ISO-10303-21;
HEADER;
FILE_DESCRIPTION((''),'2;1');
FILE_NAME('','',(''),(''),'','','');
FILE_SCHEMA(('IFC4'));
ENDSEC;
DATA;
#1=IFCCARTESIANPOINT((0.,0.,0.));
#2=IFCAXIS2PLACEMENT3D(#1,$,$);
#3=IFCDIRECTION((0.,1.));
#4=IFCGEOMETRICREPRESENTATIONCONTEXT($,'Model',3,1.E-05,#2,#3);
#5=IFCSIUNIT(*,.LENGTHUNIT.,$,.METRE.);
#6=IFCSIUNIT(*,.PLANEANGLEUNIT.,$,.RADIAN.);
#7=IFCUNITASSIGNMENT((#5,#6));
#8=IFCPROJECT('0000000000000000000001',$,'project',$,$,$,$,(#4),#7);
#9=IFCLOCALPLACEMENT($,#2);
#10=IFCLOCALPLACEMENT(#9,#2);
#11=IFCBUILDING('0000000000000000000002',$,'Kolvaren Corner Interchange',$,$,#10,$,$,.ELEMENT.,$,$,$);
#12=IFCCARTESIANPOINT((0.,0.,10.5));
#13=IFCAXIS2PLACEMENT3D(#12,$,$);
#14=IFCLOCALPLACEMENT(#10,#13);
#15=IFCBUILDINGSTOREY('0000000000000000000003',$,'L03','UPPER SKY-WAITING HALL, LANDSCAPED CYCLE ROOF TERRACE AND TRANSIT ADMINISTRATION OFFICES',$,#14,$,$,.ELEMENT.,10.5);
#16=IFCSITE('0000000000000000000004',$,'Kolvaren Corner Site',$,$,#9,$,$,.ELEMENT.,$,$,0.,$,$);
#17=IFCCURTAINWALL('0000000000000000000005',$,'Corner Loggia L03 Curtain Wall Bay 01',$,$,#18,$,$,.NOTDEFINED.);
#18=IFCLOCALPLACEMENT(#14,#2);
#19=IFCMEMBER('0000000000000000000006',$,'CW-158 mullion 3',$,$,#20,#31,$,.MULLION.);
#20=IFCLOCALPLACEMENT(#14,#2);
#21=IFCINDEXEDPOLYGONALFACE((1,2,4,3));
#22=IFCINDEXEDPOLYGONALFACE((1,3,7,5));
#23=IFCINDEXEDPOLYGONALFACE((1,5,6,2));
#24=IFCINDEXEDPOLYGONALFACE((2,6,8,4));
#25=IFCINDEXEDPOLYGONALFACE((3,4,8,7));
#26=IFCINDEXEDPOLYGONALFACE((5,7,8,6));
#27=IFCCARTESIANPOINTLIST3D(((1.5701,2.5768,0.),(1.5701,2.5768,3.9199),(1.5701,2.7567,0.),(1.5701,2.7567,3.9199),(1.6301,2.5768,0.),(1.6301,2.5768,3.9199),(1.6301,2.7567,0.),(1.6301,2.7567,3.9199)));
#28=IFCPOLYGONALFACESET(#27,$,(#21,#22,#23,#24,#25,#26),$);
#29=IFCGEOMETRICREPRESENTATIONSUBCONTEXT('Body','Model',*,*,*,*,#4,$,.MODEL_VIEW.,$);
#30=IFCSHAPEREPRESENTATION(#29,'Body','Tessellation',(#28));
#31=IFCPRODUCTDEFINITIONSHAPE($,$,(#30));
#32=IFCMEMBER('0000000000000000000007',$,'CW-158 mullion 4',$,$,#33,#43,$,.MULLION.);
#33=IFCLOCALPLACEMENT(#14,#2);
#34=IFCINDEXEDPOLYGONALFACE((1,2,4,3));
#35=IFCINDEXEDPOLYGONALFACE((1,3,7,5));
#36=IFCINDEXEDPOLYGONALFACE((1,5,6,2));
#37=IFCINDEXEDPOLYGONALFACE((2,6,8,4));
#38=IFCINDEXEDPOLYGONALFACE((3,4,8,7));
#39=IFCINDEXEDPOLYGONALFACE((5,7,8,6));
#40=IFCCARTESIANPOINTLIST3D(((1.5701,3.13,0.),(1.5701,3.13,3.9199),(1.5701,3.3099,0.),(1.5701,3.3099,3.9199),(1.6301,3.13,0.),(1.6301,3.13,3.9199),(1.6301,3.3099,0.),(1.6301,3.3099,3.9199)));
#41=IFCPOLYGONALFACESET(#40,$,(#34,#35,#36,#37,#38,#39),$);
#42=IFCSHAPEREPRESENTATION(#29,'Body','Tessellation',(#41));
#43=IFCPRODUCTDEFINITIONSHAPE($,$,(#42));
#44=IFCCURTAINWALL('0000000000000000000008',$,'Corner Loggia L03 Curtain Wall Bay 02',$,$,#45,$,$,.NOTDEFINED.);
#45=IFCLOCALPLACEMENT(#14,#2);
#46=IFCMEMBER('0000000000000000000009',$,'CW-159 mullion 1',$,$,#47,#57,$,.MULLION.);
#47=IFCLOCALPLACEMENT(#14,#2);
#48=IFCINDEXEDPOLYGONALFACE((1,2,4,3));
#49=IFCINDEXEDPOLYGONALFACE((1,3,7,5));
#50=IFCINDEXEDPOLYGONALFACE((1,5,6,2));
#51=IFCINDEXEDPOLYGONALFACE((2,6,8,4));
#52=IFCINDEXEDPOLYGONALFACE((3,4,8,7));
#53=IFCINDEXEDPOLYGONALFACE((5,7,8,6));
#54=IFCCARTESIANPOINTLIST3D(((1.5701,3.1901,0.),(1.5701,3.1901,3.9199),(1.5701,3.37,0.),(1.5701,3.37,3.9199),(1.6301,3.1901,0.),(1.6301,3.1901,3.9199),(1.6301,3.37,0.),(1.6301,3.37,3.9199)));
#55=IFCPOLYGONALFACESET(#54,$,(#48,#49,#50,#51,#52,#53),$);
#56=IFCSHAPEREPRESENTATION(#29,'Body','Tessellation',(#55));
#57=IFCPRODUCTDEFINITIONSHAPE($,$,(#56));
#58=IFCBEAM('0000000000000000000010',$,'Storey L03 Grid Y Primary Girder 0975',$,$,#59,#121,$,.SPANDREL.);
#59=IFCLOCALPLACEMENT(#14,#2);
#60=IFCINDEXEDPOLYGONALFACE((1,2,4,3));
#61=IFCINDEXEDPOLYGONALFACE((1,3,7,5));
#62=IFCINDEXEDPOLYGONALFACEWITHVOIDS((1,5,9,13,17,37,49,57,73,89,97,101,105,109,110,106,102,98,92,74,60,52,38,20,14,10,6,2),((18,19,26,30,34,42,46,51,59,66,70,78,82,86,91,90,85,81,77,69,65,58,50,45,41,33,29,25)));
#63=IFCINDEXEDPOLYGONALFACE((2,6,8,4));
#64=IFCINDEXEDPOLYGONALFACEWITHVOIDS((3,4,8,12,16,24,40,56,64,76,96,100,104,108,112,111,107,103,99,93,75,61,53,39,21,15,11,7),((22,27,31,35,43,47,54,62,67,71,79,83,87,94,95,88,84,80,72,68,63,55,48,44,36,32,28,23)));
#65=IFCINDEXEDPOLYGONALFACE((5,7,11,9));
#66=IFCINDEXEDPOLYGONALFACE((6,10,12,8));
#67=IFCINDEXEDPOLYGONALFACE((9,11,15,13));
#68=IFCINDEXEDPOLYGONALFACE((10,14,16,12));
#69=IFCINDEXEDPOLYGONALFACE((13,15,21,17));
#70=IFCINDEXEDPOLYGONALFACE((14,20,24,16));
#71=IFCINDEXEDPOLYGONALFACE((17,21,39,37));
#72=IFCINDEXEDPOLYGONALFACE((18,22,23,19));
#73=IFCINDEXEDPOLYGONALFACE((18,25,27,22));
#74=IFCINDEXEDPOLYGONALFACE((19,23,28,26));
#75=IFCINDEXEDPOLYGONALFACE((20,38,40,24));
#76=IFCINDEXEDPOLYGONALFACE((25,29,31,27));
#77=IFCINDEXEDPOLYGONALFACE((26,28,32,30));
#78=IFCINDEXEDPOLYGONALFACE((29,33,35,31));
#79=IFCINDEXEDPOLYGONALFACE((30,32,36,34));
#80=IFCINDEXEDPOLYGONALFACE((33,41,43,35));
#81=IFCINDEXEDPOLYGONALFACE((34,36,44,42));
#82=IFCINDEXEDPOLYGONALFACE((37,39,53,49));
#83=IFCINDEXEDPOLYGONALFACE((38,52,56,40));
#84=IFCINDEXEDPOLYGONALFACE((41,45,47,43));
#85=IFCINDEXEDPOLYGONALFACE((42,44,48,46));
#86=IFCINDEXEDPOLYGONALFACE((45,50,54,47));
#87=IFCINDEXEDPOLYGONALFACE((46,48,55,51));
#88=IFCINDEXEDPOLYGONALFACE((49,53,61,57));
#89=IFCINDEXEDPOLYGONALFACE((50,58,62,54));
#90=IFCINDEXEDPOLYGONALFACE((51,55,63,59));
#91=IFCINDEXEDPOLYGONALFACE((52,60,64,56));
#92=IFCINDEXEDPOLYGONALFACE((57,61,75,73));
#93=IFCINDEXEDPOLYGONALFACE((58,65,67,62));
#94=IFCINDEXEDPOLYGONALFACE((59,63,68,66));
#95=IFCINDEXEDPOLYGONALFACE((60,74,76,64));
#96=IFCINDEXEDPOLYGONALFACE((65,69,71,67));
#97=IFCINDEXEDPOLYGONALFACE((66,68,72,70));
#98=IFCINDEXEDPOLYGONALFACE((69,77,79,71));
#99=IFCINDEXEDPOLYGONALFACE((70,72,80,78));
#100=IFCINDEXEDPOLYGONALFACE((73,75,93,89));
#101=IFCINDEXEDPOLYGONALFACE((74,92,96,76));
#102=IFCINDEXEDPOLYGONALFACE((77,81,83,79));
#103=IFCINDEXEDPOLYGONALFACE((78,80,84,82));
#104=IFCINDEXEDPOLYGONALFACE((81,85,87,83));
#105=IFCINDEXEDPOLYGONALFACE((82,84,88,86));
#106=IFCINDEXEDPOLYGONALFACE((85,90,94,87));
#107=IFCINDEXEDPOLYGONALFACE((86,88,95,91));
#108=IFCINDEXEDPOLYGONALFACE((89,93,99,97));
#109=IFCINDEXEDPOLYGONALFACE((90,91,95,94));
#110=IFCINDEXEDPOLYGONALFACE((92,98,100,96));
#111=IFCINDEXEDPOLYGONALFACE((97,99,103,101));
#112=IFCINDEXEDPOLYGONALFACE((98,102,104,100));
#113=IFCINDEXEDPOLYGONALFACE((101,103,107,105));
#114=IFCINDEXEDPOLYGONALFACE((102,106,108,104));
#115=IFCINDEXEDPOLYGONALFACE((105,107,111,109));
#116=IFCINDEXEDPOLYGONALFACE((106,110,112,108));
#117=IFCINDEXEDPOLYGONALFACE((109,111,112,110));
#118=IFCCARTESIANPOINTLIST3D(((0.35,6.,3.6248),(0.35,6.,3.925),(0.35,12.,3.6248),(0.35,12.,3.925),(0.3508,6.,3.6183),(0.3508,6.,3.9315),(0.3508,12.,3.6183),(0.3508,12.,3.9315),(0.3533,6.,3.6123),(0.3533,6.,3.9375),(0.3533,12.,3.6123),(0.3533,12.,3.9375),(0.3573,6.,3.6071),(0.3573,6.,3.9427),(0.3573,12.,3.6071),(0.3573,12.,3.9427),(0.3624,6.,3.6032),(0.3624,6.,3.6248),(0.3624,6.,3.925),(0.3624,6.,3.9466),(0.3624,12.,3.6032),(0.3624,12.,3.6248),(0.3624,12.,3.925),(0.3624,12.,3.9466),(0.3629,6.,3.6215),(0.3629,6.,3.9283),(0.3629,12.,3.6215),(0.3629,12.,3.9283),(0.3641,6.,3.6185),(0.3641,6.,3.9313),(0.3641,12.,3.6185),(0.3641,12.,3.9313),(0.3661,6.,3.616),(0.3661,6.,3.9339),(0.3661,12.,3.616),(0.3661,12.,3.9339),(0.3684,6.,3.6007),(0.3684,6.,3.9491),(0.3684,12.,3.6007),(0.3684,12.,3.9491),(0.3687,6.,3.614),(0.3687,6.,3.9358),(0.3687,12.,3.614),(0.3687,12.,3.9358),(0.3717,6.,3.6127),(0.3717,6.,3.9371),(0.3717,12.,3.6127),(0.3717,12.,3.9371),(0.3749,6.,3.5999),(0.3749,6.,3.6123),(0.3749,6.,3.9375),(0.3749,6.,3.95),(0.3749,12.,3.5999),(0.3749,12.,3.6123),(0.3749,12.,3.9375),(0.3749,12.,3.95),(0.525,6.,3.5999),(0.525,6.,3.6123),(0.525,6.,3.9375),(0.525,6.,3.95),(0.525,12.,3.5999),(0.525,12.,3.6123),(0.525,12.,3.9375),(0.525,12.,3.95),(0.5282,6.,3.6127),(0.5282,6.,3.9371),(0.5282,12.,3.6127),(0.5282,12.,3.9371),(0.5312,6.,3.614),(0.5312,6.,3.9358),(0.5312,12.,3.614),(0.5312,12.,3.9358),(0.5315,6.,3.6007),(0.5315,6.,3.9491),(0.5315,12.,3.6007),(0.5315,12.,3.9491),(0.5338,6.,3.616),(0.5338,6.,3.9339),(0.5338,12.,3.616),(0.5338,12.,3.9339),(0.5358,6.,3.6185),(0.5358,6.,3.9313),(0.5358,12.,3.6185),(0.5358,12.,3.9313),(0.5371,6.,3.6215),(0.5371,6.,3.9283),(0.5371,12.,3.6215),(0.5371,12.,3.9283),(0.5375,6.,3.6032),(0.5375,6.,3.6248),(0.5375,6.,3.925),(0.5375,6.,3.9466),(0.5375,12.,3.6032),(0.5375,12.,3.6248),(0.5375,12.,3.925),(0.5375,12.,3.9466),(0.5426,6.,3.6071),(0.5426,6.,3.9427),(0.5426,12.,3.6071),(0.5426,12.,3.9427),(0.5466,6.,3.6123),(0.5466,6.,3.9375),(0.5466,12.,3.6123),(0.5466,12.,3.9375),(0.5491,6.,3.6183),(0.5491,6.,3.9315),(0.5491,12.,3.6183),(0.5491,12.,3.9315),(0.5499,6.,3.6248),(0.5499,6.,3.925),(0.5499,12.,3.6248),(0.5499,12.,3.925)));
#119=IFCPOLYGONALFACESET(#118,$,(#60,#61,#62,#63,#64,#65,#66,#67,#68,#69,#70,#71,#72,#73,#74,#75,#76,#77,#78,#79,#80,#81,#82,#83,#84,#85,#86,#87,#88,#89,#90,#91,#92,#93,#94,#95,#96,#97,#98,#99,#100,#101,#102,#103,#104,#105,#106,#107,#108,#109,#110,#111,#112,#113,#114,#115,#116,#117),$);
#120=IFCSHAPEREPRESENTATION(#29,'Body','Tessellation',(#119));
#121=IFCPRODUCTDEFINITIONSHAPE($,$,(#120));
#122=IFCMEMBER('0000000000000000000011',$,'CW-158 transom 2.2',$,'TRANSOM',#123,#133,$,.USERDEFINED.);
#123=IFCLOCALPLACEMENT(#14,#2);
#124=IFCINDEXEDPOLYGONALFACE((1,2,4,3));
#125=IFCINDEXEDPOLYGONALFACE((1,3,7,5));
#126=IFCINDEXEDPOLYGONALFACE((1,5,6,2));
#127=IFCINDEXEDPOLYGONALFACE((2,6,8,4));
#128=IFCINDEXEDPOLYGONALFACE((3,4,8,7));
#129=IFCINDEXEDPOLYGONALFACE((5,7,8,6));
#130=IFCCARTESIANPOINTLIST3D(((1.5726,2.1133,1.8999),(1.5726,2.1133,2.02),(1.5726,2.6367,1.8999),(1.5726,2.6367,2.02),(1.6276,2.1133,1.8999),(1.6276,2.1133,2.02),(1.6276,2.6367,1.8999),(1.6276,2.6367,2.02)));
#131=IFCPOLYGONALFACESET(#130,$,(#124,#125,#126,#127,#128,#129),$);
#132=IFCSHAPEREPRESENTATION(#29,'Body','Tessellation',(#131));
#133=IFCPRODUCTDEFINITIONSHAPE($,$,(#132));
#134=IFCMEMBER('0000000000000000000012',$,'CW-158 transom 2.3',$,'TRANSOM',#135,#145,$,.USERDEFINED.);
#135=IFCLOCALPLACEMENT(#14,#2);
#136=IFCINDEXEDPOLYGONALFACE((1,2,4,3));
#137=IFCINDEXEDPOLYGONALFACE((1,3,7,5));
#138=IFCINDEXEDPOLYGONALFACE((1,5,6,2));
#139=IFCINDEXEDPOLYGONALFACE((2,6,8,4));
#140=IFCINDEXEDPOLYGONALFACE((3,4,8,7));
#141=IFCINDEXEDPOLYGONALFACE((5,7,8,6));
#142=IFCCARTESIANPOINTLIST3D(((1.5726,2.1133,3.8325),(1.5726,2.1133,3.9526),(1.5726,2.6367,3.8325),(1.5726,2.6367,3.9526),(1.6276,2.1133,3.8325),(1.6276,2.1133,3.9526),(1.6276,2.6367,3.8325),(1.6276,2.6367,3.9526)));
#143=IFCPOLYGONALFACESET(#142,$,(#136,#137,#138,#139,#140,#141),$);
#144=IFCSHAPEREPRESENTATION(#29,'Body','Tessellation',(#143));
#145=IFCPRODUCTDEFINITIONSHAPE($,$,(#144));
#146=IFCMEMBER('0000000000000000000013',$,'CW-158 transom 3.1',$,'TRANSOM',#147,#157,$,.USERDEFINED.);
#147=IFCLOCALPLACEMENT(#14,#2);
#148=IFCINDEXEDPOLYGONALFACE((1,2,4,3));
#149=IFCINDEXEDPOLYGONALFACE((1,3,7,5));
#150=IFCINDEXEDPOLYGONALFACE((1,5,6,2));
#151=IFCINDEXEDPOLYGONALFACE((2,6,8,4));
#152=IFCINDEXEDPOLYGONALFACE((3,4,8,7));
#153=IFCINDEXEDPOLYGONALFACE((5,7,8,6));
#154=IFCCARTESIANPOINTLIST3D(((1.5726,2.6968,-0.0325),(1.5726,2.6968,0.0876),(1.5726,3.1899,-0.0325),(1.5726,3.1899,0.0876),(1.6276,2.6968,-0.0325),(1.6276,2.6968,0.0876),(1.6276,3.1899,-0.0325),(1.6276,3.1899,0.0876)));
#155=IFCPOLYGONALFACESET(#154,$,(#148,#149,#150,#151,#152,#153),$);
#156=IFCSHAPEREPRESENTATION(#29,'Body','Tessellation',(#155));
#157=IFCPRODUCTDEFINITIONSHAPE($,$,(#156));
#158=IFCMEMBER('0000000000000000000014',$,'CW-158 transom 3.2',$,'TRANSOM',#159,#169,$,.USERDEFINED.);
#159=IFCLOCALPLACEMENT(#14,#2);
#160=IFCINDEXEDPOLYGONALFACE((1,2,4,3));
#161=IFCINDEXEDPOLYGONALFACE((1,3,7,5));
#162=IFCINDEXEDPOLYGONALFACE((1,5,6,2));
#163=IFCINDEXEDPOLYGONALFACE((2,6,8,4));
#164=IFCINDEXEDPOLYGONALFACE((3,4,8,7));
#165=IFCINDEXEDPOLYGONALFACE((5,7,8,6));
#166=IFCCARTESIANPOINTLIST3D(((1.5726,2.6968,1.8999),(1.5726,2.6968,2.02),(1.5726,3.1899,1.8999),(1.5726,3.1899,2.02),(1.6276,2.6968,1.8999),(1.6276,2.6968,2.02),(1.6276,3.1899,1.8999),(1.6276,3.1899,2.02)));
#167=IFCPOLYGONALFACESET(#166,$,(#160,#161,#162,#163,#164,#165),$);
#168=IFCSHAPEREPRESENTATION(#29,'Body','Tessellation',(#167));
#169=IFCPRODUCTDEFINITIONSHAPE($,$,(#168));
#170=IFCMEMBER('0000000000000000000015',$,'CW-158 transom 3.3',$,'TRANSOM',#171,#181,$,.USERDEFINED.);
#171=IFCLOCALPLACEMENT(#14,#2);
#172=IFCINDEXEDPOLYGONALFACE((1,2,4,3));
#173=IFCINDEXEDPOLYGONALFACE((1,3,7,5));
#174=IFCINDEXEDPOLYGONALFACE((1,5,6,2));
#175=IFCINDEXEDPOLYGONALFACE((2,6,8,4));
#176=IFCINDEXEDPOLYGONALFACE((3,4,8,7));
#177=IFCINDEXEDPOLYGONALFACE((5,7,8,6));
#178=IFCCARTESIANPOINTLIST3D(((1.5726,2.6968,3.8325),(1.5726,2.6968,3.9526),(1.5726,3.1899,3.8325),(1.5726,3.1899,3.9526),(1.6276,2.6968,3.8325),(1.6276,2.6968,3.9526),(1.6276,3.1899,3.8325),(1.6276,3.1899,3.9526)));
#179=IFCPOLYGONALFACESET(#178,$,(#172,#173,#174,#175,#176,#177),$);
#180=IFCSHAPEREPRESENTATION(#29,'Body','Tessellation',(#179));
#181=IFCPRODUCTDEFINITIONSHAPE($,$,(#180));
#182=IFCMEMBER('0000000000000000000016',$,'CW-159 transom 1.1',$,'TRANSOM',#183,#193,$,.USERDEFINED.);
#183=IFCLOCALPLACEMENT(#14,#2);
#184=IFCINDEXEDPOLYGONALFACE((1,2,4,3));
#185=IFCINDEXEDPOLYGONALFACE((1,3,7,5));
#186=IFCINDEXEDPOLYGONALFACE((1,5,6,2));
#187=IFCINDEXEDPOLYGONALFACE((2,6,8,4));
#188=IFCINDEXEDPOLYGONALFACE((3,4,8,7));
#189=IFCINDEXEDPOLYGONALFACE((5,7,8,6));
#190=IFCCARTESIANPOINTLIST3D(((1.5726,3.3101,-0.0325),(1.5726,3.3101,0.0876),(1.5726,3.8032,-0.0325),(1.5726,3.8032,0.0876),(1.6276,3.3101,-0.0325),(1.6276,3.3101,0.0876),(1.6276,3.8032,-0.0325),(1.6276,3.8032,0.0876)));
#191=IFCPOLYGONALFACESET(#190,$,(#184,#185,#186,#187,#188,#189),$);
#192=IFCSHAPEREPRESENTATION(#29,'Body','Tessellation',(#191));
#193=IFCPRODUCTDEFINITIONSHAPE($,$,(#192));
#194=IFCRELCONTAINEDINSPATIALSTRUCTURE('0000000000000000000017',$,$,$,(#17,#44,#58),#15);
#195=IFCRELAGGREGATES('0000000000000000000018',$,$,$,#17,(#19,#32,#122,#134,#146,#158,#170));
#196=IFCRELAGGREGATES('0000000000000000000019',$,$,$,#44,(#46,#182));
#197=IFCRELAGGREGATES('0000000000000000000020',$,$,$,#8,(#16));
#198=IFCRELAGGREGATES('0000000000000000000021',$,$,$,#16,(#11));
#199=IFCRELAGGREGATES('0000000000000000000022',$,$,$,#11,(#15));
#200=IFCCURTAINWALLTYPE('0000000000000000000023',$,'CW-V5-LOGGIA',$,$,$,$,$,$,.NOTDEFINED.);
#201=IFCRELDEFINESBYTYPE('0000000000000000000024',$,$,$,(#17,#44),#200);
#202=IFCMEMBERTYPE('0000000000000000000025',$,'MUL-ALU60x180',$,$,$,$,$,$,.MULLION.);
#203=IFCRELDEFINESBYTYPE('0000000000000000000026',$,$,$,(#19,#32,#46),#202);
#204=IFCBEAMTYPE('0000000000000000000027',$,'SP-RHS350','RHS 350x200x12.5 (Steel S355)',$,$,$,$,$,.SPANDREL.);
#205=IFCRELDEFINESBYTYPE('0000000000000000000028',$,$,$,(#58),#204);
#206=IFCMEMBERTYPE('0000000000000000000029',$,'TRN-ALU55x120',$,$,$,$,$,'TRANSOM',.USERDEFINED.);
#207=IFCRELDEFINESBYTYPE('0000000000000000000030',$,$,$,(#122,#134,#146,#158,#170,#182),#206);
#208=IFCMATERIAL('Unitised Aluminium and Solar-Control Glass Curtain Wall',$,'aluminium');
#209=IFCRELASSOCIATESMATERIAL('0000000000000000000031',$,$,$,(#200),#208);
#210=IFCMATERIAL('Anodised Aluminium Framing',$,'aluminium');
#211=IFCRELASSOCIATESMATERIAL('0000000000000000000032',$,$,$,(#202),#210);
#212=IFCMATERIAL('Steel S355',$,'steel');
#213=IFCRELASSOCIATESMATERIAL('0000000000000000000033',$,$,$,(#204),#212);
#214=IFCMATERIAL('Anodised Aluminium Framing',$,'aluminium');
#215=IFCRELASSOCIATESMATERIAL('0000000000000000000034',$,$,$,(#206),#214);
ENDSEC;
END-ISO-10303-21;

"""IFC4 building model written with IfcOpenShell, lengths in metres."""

from ifc_helpers import new_model, si_unit, direction, frame, origin, origin_2d, place, context, subcontext, project, spatial, rectangle, hollow_rectangle, extrude, material, material_profile, profile_set, type_object, element, aggregate, save


model = new_model("IFC4")

# Units and contexts
model_context = context("Model", 3, precision=1e-05, world=origin(), true_north=direction((0.0, 1.0)))
body_context = subcontext(model_context, "Body", "Model", "MODEL_VIEW")
ifc_project = project(units=[si_unit("LENGTHUNIT", "METRE"), si_unit("PLANEANGLEUNIT", "RADIAN")], contexts=[model_context])

# Site, building, storey
site_placement = place(None, origin())
site = spatial("IfcSite", under=ifc_project, at=site_placement, Name="Kolvaren Corner Site", CompositionType="ELEMENT", RefElevation=0.0)
building_placement = place(site_placement, origin())
building = spatial("IfcBuilding", under=site, at=building_placement, Name="Kolvaren Corner Interchange", CompositionType="ELEMENT")
storey_placement = place(building_placement, frame((0.0, 0.0, 10.5)))
storey = spatial("IfcBuildingStorey", under=building, at=storey_placement, Name="L03", Description="UPPER SKY-WAITING HALL, LANDSCAPED CYCLE ROOF TERRACE AND TRANSIT ADMINISTRATION OFFICES", CompositionType="ELEMENT", Elevation=10.5)

# Curtain wall, members
ifc_material_1 = material(Name="Unitised Aluminium and Solar-Control Glass Curtain Wall", Category="aluminium")
curtain_wall_type = type_object("IfcCurtainWallType", Name="CW-V5-LOGGIA", PredefinedType="NOTDEFINED", material=ifc_material_1)
curtain_wall_1_placement = place(storey_placement, origin())
curtain_wall_1 = element("IfcCurtainWall", 1, at=curtain_wall_1_placement, inside=storey, type_object=curtain_wall_type, Name="Corner Loggia L03 Curtain Wall Bay 01", PredefinedType="NOTDEFINED")
ifc_material_2 = material(Name="Anodised Aluminium Framing", Category="aluminium")
ifc_material_profile_1 = material_profile(ifc_material_2, rectangle(XDim=0.0601, YDim=0.1799, at=origin_2d()), Name="ALU 60x180")
ifc_profile_set_1 = profile_set([ifc_material_profile_1], Name="Anodised Aluminium Framing")
member_type_1 = type_object("IfcMemberType", Name="MUL-ALU60x180", PredefinedType="MULLION", material=ifc_profile_set_1)
member_1_placement = place(storey_placement, frame((1.6001, 2.6667, 0.0), z_axis=(0.0, 0.0, 1.0), x_axis=(-1.0, 0.0, 0.0)))
member_1 = element("IfcMember", 2, at=member_1_placement, type_object=member_type_1, Name="CW-158 mullion 3", PredefinedType="MULLION", context=body_context, shape_type="SweptSolid", body=[
    extrude(rectangle(XDim=0.0601, YDim=0.1799, at=origin_2d()), origin(), (0.0, 0.0, 1.0), 3.9199),
])
member_2_placement = place(storey_placement, frame((1.6001, 3.22, 0.0), z_axis=(0.0, 0.0, 1.0), x_axis=(-1.0, 0.0, 0.0)))
member_2 = element("IfcMember", 3, at=member_2_placement, type_object=member_type_1, Name="CW-158 mullion 4", PredefinedType="MULLION", context=body_context, shape_type="SweptSolid", body=[
    extrude(rectangle(XDim=0.0601, YDim=0.1799, at=origin_2d()), origin(), (0.0, 0.0, 1.0), 3.9199),
])

# Curtain wall, member
curtain_wall_2_placement = place(storey_placement, origin())
curtain_wall_2 = element("IfcCurtainWall", 4, at=curtain_wall_2_placement, inside=storey, type_object=curtain_wall_type, Name="Corner Loggia L03 Curtain Wall Bay 02", PredefinedType="NOTDEFINED")
member_3_placement = place(storey_placement, frame((1.6001, 3.28, 0.0), z_axis=(0.0, 0.0, 1.0), x_axis=(-1.0, 0.0, 0.0)))
member_3 = element("IfcMember", 5, at=member_3_placement, type_object=member_type_1, Name="CW-159 mullion 1", PredefinedType="MULLION", context=body_context, shape_type="SweptSolid", body=[
    extrude(rectangle(XDim=0.0601, YDim=0.1799, at=origin_2d()), origin(), (0.0, 0.0, 1.0), 3.9199),
])

# Beam
ifc_material_3 = material(Name="Steel S355", Category="steel")
ifc_material_profile_2 = material_profile(ifc_material_3, hollow_rectangle(XDim=0.2, YDim=0.3501, WallThickness=0.0125, InnerFilletRadius=0.0125, OuterFilletRadius=0.0249, at=origin_2d()), Name="RHS 350x200x12.5")
ifc_profile_set_2 = profile_set([ifc_material_profile_2], Name="Steel S355")
beam_type_1 = type_object("IfcBeamType", Name="SP-RHS350", Description="RHS 350x200x12.5 (Steel S355)", PredefinedType="SPANDREL", material=ifc_profile_set_2)
beam_1_placement = place(storey_placement, frame((0.45, 6.0, 3.7749), z_axis=(0.0, 1.0, 0.0), x_axis=(-1.0, 0.0, 0.0)))
element("IfcBeam", 6, at=beam_1_placement, inside=storey, type_object=beam_type_1, Name="Storey L03 Grid Y Primary Girder 0975", PredefinedType="SPANDREL", context=body_context, shape_type="SweptSolid", body=[
    extrude(hollow_rectangle(XDim=0.2, YDim=0.3501, WallThickness=0.0125, InnerFilletRadius=0.0125, OuterFilletRadius=0.0249, at=origin_2d()), origin(), (0.0, 0.0, 1.0), 6.0),
])

# Members
ifc_material_4 = material(Name="Anodised Aluminium Framing", Category="aluminium")
ifc_material_profile_3 = material_profile(ifc_material_4, rectangle(XDim=0.0549, YDim=0.1201, at=origin_2d()), Name="ALU 55x120")
ifc_profile_set_3 = profile_set([ifc_material_profile_3], Name="Anodised Aluminium Framing")
member_type_2 = type_object("IfcMemberType", Name="TRN-ALU55x120", ElementType="TRANSOM", PredefinedType="USERDEFINED", material=ifc_profile_set_3)
member_4_placement = place(storey_placement, frame((1.6001, 2.1133, 1.96), z_axis=(0.0, 1.0, 0.0), x_axis=(-1.0, 0.0, 0.0)))
member_4 = element("IfcMember", 7, at=member_4_placement, type_object=member_type_2, Name="CW-158 transom 2.2", ObjectType="TRANSOM", PredefinedType="USERDEFINED", context=body_context, shape_type="SweptSolid", body=[
    extrude(rectangle(XDim=0.0549, YDim=0.1201, at=origin_2d()), origin(), (0.0, 0.0, 1.0), 0.5234),
])
member_5_placement = place(storey_placement, frame((1.6001, 2.1133, 3.8926), z_axis=(0.0, 1.0, 0.0), x_axis=(-1.0, 0.0, 0.0)))
member_5 = element("IfcMember", 8, at=member_5_placement, type_object=member_type_2, Name="CW-158 transom 2.3", ObjectType="TRANSOM", PredefinedType="USERDEFINED", context=body_context, shape_type="SweptSolid", body=[
    extrude(rectangle(XDim=0.0549, YDim=0.1201, at=origin_2d()), origin(), (0.0, 0.0, 1.0), 0.5234),
])
member_6_placement = place(storey_placement, frame((1.6001, 2.6968, 0.0276), z_axis=(0.0, 1.0, 0.0), x_axis=(-1.0, 0.0, 0.0)))
member_6 = element("IfcMember", 9, at=member_6_placement, type_object=member_type_2, Name="CW-158 transom 3.1", ObjectType="TRANSOM", PredefinedType="USERDEFINED", context=body_context, shape_type="SweptSolid", body=[
    extrude(rectangle(XDim=0.0549, YDim=0.1201, at=origin_2d()), origin(), (0.0, 0.0, 1.0), 0.4932),
])
member_7_placement = place(storey_placement, frame((1.6001, 2.6968, 1.96), z_axis=(0.0, 1.0, 0.0), x_axis=(-1.0, 0.0, 0.0)))
member_7 = element("IfcMember", 10, at=member_7_placement, type_object=member_type_2, Name="CW-158 transom 3.2", ObjectType="TRANSOM", PredefinedType="USERDEFINED", context=body_context, shape_type="SweptSolid", body=[
    extrude(rectangle(XDim=0.0549, YDim=0.1201, at=origin_2d()), origin(), (0.0, 0.0, 1.0), 0.4932),
])
member_8_placement = place(storey_placement, frame((1.6001, 2.6968, 3.8926), z_axis=(0.0, 1.0, 0.0), x_axis=(-1.0, 0.0, 0.0)))
member_8 = element("IfcMember", 11, at=member_8_placement, type_object=member_type_2, Name="CW-158 transom 3.3", ObjectType="TRANSOM", PredefinedType="USERDEFINED", context=body_context, shape_type="SweptSolid", body=[
    extrude(rectangle(XDim=0.0549, YDim=0.1201, at=origin_2d()), origin(), (0.0, 0.0, 1.0), 0.4932),
])
member_9_placement = place(storey_placement, frame((1.6001, 3.3101, 0.0276), z_axis=(0.0, 1.0, 0.0), x_axis=(-1.0, 0.0, 0.0)))
member_9 = element("IfcMember", 12, at=member_9_placement, type_object=member_type_2, Name="CW-159 transom 1.1", ObjectType="TRANSOM", PredefinedType="USERDEFINED", context=body_context, shape_type="SweptSolid", body=[
    extrude(rectangle(XDim=0.0549, YDim=0.1201, at=origin_2d()), origin(), (0.0, 0.0, 1.0), 0.4932),
])

aggregate(curtain_wall_1, [member_1, member_2, member_4, member_5, member_6, member_7, member_8])
aggregate(curtain_wall_2, [member_3, member_9])

save(model, "model.ifc")
